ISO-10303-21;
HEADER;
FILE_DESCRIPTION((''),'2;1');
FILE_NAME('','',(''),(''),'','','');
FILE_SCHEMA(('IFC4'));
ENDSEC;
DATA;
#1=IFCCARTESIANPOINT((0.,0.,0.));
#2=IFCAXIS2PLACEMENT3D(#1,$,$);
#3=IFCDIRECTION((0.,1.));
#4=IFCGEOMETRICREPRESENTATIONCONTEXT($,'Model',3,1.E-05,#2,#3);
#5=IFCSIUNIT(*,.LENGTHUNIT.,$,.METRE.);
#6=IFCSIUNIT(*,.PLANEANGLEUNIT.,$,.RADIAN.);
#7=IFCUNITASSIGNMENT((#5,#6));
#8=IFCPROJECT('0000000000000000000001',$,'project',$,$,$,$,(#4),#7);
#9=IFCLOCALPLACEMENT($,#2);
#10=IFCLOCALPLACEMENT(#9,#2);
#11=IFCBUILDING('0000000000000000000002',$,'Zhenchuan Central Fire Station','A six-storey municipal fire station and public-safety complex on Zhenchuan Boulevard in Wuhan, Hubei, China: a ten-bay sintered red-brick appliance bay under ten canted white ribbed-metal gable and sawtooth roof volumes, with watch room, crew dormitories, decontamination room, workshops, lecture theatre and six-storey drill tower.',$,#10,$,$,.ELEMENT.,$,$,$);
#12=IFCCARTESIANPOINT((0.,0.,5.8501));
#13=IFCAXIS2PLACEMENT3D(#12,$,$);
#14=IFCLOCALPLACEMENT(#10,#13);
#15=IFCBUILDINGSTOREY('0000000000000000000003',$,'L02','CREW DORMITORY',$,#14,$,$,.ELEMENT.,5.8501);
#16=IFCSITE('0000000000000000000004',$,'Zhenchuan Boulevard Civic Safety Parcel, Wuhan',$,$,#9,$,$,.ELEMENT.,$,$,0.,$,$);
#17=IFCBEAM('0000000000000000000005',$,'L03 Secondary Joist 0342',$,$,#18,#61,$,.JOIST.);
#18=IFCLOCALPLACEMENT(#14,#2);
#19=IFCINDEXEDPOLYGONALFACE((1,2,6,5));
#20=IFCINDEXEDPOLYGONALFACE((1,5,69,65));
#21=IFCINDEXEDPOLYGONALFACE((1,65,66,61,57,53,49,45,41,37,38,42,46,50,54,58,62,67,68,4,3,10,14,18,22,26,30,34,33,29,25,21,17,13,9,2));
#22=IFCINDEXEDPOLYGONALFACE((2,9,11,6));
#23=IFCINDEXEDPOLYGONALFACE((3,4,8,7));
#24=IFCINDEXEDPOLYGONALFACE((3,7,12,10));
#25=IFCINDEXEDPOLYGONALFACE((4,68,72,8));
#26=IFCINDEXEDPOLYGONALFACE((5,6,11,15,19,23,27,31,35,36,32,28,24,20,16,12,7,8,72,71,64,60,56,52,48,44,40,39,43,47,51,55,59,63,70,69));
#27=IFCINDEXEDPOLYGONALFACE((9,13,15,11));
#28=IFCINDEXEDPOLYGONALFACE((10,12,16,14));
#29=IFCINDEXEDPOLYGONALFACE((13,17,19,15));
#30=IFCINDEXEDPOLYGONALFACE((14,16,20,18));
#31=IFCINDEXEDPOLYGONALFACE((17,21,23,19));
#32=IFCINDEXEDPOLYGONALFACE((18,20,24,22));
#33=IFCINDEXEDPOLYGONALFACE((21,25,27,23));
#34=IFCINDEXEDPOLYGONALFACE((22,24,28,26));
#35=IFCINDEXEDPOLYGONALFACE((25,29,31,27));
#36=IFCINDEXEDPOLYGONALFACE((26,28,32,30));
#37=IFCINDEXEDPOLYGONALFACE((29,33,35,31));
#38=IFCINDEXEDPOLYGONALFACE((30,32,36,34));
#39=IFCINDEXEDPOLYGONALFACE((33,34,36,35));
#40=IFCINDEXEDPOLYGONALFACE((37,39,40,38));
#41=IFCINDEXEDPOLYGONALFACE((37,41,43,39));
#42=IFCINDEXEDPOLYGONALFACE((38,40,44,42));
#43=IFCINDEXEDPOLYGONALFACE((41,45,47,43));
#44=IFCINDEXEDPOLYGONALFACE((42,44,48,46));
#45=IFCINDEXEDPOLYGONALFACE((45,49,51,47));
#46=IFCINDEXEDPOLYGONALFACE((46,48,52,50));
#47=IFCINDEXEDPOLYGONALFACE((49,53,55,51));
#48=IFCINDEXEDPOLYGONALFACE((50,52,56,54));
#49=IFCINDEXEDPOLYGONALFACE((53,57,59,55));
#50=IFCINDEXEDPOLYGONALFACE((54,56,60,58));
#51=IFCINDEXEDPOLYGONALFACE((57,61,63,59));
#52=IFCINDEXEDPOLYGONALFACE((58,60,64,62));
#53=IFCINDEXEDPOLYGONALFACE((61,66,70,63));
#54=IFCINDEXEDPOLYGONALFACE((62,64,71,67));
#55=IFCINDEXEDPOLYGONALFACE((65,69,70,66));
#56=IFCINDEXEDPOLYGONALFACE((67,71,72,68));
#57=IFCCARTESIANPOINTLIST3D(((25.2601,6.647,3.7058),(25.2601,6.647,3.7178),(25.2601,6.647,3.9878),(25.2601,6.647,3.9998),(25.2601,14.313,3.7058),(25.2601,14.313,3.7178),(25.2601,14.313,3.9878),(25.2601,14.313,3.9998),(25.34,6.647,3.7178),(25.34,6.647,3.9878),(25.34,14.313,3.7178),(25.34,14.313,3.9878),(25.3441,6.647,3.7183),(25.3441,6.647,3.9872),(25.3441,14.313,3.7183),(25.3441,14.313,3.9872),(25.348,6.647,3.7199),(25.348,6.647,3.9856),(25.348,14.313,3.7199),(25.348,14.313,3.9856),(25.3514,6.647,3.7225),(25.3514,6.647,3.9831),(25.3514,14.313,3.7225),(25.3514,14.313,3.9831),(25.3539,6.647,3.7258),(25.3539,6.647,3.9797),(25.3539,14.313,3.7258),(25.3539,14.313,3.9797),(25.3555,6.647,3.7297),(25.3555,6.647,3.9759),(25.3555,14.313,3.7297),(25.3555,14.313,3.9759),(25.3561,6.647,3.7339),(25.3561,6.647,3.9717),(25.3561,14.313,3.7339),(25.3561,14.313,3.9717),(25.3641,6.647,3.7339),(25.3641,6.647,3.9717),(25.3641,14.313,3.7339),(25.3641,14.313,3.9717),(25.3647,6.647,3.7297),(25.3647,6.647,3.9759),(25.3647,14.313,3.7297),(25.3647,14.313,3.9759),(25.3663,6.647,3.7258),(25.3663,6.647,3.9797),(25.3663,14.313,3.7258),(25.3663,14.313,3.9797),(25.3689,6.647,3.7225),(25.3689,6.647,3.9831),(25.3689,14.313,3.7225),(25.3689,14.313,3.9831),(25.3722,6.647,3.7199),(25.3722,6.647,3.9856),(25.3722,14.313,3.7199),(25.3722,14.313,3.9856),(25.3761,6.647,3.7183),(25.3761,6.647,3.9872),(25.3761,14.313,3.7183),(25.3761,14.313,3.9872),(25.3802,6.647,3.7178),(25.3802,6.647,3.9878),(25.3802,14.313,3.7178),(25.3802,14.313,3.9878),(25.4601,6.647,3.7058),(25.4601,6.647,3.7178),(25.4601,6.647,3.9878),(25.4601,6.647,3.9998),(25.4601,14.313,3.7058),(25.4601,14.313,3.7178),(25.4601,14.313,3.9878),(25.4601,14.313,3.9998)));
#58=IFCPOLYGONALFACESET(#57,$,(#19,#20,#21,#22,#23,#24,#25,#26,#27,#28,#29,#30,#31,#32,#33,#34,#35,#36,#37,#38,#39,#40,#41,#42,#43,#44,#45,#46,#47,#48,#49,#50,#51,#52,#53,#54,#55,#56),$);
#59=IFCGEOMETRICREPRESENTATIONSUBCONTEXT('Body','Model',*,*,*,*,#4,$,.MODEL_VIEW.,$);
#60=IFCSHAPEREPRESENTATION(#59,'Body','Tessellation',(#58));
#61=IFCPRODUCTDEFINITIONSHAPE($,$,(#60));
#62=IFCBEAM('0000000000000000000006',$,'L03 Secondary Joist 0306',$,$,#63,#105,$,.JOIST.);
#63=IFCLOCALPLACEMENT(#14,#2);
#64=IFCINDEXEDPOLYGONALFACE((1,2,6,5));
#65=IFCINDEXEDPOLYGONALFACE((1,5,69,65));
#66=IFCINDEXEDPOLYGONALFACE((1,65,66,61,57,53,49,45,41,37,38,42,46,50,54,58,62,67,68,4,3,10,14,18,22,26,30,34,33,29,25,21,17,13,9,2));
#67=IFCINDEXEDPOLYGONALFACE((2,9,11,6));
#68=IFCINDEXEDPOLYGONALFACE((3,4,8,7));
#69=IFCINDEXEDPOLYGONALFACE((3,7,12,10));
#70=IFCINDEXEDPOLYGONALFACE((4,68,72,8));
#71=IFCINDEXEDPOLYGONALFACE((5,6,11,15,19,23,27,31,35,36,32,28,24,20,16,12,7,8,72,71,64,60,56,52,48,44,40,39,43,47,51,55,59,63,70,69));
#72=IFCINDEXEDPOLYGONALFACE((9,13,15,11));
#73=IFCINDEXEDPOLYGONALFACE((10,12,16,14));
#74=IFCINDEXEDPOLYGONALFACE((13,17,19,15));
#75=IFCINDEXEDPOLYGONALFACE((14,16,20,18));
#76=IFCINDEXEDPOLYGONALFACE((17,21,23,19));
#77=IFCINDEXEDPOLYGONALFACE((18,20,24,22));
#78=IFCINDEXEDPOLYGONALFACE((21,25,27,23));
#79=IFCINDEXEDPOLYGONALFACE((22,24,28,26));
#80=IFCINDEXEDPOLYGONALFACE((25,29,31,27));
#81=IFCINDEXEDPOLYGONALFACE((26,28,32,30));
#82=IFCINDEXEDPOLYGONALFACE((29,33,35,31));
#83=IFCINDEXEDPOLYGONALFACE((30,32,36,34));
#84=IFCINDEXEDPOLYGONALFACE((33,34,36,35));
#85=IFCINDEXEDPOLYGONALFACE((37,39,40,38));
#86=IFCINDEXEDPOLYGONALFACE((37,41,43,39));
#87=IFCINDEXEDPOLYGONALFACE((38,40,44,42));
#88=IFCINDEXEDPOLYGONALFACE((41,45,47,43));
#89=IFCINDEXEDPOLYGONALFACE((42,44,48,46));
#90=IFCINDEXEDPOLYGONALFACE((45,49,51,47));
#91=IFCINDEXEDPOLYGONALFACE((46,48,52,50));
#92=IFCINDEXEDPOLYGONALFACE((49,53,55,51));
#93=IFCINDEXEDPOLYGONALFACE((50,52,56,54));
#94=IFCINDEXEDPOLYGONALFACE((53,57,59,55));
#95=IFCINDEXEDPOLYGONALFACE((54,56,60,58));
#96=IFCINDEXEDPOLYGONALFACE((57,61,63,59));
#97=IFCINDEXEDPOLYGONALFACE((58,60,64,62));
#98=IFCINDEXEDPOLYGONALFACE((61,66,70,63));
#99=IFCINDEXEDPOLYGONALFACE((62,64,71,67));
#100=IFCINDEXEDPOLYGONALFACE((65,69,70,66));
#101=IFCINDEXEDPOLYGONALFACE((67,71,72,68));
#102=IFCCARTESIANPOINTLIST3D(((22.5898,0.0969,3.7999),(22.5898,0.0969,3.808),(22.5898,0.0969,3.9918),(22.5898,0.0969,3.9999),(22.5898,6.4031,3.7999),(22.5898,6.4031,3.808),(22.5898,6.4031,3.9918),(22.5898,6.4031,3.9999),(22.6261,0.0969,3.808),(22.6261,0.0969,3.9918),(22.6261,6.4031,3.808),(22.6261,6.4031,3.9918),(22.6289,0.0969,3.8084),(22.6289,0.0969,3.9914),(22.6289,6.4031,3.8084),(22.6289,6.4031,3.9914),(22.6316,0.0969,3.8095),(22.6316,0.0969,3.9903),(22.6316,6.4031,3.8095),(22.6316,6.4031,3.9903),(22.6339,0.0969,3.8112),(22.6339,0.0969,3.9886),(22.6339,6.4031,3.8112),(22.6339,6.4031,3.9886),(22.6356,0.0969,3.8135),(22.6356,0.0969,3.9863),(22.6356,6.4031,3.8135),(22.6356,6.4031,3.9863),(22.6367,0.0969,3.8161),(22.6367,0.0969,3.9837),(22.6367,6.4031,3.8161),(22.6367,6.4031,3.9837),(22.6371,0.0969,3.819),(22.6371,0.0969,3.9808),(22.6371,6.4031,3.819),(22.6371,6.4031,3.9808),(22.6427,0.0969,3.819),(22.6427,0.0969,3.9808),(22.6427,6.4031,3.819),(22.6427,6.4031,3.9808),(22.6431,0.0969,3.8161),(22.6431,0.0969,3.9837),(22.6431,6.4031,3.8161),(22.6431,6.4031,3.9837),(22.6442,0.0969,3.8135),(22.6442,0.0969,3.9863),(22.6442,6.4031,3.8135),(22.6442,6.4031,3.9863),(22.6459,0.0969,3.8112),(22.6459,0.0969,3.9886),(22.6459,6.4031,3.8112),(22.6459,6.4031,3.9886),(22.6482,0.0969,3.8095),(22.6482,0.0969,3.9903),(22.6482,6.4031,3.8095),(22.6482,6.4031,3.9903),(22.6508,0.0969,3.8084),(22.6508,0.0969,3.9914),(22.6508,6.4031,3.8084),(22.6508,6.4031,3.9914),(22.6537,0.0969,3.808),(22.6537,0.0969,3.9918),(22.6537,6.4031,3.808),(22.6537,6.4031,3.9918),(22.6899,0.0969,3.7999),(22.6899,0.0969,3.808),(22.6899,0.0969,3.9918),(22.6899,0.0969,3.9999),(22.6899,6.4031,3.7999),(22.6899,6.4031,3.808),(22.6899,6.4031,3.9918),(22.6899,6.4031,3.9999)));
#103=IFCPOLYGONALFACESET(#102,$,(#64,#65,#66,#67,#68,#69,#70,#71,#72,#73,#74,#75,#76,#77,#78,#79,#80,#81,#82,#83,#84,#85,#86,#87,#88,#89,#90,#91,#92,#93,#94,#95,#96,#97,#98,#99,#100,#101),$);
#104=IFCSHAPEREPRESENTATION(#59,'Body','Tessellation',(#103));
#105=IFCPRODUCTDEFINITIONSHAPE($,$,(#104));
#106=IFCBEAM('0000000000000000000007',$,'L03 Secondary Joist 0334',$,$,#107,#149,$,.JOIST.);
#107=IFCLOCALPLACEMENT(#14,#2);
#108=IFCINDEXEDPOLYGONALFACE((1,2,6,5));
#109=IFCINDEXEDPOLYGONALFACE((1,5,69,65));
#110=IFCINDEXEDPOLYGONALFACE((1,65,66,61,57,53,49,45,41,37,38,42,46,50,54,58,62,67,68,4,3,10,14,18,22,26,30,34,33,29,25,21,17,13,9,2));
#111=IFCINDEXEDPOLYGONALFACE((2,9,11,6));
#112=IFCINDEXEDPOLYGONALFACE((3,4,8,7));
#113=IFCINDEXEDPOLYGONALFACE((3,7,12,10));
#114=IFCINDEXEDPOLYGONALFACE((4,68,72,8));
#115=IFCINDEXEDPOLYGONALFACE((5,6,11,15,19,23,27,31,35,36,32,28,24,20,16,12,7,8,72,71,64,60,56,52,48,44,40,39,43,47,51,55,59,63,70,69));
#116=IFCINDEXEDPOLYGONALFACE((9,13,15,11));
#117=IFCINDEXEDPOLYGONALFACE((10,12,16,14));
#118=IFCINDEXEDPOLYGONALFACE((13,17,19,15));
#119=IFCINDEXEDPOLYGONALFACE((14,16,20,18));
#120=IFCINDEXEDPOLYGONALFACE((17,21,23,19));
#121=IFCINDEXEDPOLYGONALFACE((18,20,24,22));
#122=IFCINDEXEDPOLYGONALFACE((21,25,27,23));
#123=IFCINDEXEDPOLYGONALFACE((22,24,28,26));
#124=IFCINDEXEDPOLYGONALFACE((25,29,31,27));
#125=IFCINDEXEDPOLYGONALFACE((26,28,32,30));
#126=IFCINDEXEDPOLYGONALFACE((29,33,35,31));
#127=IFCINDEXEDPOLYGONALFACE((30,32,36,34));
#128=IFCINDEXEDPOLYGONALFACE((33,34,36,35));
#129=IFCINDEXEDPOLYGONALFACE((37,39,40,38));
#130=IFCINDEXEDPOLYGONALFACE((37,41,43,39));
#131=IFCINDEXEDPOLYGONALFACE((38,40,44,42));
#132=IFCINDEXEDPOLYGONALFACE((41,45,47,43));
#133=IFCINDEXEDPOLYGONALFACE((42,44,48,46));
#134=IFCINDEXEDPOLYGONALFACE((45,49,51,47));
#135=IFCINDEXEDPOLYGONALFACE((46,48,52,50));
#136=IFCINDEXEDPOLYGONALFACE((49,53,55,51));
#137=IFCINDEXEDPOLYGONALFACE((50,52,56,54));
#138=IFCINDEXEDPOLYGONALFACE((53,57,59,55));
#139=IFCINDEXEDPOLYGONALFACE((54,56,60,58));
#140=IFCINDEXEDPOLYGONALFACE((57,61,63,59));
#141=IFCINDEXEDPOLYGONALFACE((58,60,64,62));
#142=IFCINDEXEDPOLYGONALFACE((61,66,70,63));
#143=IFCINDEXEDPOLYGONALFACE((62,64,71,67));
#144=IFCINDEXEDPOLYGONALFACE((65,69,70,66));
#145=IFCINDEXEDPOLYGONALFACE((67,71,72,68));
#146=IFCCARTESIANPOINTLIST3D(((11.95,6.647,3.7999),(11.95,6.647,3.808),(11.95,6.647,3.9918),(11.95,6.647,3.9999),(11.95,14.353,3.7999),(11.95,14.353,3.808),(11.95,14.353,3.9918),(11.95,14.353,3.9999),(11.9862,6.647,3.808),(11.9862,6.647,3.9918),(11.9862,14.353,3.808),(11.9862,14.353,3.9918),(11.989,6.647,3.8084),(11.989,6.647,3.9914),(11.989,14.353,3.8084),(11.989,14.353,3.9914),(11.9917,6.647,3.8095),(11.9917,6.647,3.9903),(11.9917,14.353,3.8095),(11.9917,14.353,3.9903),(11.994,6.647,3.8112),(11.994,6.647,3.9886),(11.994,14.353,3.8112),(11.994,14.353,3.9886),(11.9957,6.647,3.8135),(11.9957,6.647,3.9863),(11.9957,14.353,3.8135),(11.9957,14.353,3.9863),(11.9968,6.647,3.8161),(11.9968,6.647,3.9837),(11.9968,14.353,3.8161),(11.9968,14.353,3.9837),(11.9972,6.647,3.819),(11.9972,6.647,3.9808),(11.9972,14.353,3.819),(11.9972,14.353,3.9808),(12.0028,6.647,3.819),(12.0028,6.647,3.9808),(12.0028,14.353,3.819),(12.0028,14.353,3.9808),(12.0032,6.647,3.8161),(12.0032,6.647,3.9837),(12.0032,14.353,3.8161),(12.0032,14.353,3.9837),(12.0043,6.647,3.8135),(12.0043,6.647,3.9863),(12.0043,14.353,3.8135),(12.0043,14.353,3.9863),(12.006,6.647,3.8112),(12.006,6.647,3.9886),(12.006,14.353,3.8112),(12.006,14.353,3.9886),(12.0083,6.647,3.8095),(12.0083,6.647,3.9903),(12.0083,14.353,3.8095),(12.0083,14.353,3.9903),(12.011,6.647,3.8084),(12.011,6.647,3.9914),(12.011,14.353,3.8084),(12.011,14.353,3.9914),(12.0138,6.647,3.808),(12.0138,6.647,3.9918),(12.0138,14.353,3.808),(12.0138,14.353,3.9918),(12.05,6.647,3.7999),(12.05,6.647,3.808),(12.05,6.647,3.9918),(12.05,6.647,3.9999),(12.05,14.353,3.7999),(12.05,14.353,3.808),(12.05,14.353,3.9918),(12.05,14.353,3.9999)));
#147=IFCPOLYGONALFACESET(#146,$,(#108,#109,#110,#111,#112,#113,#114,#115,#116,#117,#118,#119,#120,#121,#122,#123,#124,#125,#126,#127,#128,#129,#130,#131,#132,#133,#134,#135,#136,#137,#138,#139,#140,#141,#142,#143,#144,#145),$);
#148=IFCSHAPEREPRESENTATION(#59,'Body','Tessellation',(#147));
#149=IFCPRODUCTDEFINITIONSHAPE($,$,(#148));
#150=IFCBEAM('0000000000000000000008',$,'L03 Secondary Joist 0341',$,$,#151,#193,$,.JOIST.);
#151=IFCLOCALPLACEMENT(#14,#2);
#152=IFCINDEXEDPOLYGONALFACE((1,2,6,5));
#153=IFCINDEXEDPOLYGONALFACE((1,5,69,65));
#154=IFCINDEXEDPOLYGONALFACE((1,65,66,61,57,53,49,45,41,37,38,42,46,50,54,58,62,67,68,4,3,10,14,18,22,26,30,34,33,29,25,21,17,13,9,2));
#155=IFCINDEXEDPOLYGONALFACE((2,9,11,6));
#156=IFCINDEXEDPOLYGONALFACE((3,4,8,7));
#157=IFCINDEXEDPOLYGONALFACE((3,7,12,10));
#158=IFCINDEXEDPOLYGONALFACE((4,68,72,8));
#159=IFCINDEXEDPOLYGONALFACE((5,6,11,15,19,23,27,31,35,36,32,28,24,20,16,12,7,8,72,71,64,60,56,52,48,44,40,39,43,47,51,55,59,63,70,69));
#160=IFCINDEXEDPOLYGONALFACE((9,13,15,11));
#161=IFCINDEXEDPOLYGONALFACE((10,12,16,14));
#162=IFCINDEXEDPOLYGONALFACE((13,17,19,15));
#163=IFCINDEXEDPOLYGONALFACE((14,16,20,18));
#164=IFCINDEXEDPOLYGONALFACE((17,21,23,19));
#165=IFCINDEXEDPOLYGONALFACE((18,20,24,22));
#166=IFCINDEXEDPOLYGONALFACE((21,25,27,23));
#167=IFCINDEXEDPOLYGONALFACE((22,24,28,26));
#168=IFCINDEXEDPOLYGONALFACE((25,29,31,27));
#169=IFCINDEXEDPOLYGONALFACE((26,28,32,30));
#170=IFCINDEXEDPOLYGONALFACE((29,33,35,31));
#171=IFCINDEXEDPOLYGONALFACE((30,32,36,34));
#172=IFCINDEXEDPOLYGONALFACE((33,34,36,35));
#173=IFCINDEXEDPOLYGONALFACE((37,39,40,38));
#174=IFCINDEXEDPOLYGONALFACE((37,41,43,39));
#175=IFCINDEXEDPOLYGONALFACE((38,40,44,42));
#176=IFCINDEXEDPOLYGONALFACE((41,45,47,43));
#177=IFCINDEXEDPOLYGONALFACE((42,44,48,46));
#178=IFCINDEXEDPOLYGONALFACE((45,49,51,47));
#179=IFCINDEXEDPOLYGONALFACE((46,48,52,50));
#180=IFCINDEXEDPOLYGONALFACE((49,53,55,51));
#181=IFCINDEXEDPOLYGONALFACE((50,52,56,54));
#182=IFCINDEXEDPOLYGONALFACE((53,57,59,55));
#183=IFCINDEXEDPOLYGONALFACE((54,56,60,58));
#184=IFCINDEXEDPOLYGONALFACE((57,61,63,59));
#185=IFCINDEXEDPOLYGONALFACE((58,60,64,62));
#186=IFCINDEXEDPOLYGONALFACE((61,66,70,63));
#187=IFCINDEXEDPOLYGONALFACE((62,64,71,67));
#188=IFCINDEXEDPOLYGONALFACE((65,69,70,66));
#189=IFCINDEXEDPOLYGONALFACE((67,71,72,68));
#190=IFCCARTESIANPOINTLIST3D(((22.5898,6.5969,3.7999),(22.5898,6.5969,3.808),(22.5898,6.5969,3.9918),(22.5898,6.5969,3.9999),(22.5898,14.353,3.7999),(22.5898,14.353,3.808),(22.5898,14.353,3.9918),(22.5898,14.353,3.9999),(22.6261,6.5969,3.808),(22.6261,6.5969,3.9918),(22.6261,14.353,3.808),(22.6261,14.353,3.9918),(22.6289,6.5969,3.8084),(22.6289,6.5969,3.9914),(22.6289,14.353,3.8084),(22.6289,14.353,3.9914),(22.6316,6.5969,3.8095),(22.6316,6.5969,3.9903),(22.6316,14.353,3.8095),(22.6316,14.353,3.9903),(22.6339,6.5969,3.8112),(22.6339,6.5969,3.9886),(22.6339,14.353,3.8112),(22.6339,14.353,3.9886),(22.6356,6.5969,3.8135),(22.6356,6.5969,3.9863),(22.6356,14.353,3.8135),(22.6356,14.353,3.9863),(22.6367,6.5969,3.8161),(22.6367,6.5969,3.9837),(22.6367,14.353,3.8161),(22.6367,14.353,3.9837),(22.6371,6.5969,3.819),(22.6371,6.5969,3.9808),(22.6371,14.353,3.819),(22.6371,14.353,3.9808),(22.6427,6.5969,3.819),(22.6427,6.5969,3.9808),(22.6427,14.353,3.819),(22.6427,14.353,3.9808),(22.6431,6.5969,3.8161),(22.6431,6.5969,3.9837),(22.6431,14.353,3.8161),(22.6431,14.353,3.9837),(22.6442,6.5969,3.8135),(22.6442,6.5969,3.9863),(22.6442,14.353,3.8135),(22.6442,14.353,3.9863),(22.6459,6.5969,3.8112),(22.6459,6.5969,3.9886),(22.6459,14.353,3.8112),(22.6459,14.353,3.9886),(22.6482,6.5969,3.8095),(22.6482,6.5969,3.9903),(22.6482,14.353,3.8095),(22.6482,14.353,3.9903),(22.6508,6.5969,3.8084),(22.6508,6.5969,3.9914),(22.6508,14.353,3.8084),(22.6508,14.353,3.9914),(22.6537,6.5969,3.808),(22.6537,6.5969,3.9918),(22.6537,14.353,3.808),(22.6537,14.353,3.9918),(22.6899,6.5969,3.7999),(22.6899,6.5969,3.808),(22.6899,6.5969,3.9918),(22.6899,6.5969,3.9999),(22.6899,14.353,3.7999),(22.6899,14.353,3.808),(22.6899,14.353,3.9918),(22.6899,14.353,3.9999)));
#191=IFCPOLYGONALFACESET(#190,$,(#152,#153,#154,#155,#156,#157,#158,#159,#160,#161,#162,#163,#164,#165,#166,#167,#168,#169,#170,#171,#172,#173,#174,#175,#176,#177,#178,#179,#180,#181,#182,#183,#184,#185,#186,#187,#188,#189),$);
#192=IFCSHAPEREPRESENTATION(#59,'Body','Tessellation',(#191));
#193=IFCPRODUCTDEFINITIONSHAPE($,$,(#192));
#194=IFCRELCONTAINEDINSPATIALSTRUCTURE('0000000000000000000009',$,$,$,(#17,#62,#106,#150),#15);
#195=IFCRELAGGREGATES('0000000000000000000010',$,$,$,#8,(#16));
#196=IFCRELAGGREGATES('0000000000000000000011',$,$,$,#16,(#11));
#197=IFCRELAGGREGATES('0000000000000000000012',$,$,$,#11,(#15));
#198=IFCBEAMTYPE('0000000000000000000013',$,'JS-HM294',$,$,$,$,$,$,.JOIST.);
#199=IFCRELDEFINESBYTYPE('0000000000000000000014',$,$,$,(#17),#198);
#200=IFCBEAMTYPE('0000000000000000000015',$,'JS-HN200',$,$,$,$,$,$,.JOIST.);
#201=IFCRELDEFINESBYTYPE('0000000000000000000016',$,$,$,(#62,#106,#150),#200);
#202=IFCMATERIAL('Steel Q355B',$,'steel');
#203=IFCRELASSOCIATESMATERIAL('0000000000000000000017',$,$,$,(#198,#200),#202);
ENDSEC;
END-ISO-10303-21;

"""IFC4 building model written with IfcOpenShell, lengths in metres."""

from ifc_helpers import new_model, si_unit, direction, frame, origin, origin_2d, place, context, subcontext, project, spatial, i_section, extrude, material, material_profile, profile_set, type_object, element, save


model = new_model("IFC4")

# Units and contexts
model_context = context("Model", 3, precision=1e-05, world=origin(), true_north=direction((0.0, 1.0)))
body_context = subcontext(model_context, "Body", "Model", "MODEL_VIEW")
ifc_project = project(units=[si_unit("LENGTHUNIT", "METRE"), si_unit("PLANEANGLEUNIT", "RADIAN")], contexts=[model_context])

# Site, building, storey
site_placement = place(None, origin())
site = spatial("IfcSite", under=ifc_project, at=site_placement, Name="Zhenchuan Boulevard Civic Safety Parcel, Wuhan", CompositionType="ELEMENT", RefElevation=0.0)
building_placement = place(site_placement, origin())
building = spatial("IfcBuilding", under=site, at=building_placement, Name="Zhenchuan Central Fire Station", Description="A six-storey municipal fire station and public-safety complex on Zhenchuan Boulevard in Wuhan, Hubei, China: a ten-bay sintered red-brick appliance bay under ten canted white ribbed-metal gable and sawtooth roof volumes, with watch room, crew dormitories, decontamination room, workshops, lecture theatre and six-storey drill tower.", CompositionType="ELEMENT")
storey_placement = place(building_placement, frame((0.0, 0.0, 5.8501)))
storey = spatial("IfcBuildingStorey", under=building, at=storey_placement, Name="L02", Description="CREW DORMITORY", CompositionType="ELEMENT", Elevation=5.8501)

# Shared definitions
ifc_material_1 = material(Name="Steel Q355B", Category="steel")

# Beams
ifc_material_profile_1 = material_profile(ifc_material_1, i_section(OverallWidth=0.2, OverallDepth=0.2939, WebThickness=0.0081, FlangeThickness=0.012, FilletRadius=0.0161, at=origin_2d()), Name="HM 294x200")
ifc_profile_set_1 = profile_set([ifc_material_profile_1], Name="Steel Q355B")
beam_type_1 = type_object("IfcBeamType", Name="JS-HM294", PredefinedType="JOIST", material=ifc_profile_set_1)
beam_1_placement = place(storey_placement, frame((25.3601, 6.647, 3.8528), z_axis=(0.0, 1.0, 0.0), x_axis=(-1.0, 0.0, 0.0)))
element("IfcBeam", 1, at=beam_1_placement, inside=storey, type_object=beam_type_1, Name="L03 Secondary Joist 0342", PredefinedType="JOIST", context=body_context, shape_type="SweptSolid", body=[
    extrude(i_section(OverallWidth=0.2, OverallDepth=0.2939, WebThickness=0.0081, FlangeThickness=0.012, FilletRadius=0.0161, at=origin_2d()), origin(), (0.0, 0.0, 1.0), 7.666),
])
ifc_material_profile_2 = material_profile(ifc_material_1, i_section(OverallWidth=0.1001, OverallDepth=0.2, WebThickness=0.0056, FlangeThickness=0.0081, FilletRadius=0.011, at=origin_2d()), Name="HN 200x100")
ifc_profile_set_2 = profile_set([ifc_material_profile_2], Name="Steel Q355B")
beam_type_2 = type_object("IfcBeamType", Name="JS-HN200", PredefinedType="JOIST", material=ifc_profile_set_2)
beam_2_placement = place(storey_placement, frame((22.6399, 0.0969, 3.8999), z_axis=(0.0, 1.0, 0.0), x_axis=(-1.0, 0.0, 0.0)))
element("IfcBeam", 2, at=beam_2_placement, inside=storey, type_object=beam_type_2, Name="L03 Secondary Joist 0306", PredefinedType="JOIST", context=body_context, shape_type="SweptSolid", body=[
    extrude(i_section(OverallWidth=0.1001, OverallDepth=0.2, WebThickness=0.0056, FlangeThickness=0.0081, FilletRadius=0.011, at=origin_2d()), origin(), (0.0, 0.0, 1.0), 6.3062),
])
beam_3_placement = place(storey_placement, frame((12.0, 6.647, 3.8999), z_axis=(0.0, 1.0, 0.0), x_axis=(-1.0, 0.0, 0.0)))
element("IfcBeam", 3, at=beam_3_placement, inside=storey, type_object=beam_type_2, Name="L03 Secondary Joist 0334", PredefinedType="JOIST", context=body_context, shape_type="SweptSolid", body=[
    extrude(i_section(OverallWidth=0.1001, OverallDepth=0.2, WebThickness=0.0056, FlangeThickness=0.0081, FilletRadius=0.011, at=origin_2d()), origin(), (0.0, 0.0, 1.0), 7.7061),
])
beam_4_placement = place(storey_placement, frame((22.6399, 6.5969, 3.8999), z_axis=(0.0, 1.0, 0.0), x_axis=(-1.0, 0.0, 0.0)))
element("IfcBeam", 4, at=beam_4_placement, inside=storey, type_object=beam_type_2, Name="L03 Secondary Joist 0341", PredefinedType="JOIST", context=body_context, shape_type="SweptSolid", body=[
    extrude(i_section(OverallWidth=0.1001, OverallDepth=0.2, WebThickness=0.0056, FlangeThickness=0.0081, FilletRadius=0.011, at=origin_2d()), origin(), (0.0, 0.0, 1.0), 7.7561),
])

save(model, "model.ifc")
